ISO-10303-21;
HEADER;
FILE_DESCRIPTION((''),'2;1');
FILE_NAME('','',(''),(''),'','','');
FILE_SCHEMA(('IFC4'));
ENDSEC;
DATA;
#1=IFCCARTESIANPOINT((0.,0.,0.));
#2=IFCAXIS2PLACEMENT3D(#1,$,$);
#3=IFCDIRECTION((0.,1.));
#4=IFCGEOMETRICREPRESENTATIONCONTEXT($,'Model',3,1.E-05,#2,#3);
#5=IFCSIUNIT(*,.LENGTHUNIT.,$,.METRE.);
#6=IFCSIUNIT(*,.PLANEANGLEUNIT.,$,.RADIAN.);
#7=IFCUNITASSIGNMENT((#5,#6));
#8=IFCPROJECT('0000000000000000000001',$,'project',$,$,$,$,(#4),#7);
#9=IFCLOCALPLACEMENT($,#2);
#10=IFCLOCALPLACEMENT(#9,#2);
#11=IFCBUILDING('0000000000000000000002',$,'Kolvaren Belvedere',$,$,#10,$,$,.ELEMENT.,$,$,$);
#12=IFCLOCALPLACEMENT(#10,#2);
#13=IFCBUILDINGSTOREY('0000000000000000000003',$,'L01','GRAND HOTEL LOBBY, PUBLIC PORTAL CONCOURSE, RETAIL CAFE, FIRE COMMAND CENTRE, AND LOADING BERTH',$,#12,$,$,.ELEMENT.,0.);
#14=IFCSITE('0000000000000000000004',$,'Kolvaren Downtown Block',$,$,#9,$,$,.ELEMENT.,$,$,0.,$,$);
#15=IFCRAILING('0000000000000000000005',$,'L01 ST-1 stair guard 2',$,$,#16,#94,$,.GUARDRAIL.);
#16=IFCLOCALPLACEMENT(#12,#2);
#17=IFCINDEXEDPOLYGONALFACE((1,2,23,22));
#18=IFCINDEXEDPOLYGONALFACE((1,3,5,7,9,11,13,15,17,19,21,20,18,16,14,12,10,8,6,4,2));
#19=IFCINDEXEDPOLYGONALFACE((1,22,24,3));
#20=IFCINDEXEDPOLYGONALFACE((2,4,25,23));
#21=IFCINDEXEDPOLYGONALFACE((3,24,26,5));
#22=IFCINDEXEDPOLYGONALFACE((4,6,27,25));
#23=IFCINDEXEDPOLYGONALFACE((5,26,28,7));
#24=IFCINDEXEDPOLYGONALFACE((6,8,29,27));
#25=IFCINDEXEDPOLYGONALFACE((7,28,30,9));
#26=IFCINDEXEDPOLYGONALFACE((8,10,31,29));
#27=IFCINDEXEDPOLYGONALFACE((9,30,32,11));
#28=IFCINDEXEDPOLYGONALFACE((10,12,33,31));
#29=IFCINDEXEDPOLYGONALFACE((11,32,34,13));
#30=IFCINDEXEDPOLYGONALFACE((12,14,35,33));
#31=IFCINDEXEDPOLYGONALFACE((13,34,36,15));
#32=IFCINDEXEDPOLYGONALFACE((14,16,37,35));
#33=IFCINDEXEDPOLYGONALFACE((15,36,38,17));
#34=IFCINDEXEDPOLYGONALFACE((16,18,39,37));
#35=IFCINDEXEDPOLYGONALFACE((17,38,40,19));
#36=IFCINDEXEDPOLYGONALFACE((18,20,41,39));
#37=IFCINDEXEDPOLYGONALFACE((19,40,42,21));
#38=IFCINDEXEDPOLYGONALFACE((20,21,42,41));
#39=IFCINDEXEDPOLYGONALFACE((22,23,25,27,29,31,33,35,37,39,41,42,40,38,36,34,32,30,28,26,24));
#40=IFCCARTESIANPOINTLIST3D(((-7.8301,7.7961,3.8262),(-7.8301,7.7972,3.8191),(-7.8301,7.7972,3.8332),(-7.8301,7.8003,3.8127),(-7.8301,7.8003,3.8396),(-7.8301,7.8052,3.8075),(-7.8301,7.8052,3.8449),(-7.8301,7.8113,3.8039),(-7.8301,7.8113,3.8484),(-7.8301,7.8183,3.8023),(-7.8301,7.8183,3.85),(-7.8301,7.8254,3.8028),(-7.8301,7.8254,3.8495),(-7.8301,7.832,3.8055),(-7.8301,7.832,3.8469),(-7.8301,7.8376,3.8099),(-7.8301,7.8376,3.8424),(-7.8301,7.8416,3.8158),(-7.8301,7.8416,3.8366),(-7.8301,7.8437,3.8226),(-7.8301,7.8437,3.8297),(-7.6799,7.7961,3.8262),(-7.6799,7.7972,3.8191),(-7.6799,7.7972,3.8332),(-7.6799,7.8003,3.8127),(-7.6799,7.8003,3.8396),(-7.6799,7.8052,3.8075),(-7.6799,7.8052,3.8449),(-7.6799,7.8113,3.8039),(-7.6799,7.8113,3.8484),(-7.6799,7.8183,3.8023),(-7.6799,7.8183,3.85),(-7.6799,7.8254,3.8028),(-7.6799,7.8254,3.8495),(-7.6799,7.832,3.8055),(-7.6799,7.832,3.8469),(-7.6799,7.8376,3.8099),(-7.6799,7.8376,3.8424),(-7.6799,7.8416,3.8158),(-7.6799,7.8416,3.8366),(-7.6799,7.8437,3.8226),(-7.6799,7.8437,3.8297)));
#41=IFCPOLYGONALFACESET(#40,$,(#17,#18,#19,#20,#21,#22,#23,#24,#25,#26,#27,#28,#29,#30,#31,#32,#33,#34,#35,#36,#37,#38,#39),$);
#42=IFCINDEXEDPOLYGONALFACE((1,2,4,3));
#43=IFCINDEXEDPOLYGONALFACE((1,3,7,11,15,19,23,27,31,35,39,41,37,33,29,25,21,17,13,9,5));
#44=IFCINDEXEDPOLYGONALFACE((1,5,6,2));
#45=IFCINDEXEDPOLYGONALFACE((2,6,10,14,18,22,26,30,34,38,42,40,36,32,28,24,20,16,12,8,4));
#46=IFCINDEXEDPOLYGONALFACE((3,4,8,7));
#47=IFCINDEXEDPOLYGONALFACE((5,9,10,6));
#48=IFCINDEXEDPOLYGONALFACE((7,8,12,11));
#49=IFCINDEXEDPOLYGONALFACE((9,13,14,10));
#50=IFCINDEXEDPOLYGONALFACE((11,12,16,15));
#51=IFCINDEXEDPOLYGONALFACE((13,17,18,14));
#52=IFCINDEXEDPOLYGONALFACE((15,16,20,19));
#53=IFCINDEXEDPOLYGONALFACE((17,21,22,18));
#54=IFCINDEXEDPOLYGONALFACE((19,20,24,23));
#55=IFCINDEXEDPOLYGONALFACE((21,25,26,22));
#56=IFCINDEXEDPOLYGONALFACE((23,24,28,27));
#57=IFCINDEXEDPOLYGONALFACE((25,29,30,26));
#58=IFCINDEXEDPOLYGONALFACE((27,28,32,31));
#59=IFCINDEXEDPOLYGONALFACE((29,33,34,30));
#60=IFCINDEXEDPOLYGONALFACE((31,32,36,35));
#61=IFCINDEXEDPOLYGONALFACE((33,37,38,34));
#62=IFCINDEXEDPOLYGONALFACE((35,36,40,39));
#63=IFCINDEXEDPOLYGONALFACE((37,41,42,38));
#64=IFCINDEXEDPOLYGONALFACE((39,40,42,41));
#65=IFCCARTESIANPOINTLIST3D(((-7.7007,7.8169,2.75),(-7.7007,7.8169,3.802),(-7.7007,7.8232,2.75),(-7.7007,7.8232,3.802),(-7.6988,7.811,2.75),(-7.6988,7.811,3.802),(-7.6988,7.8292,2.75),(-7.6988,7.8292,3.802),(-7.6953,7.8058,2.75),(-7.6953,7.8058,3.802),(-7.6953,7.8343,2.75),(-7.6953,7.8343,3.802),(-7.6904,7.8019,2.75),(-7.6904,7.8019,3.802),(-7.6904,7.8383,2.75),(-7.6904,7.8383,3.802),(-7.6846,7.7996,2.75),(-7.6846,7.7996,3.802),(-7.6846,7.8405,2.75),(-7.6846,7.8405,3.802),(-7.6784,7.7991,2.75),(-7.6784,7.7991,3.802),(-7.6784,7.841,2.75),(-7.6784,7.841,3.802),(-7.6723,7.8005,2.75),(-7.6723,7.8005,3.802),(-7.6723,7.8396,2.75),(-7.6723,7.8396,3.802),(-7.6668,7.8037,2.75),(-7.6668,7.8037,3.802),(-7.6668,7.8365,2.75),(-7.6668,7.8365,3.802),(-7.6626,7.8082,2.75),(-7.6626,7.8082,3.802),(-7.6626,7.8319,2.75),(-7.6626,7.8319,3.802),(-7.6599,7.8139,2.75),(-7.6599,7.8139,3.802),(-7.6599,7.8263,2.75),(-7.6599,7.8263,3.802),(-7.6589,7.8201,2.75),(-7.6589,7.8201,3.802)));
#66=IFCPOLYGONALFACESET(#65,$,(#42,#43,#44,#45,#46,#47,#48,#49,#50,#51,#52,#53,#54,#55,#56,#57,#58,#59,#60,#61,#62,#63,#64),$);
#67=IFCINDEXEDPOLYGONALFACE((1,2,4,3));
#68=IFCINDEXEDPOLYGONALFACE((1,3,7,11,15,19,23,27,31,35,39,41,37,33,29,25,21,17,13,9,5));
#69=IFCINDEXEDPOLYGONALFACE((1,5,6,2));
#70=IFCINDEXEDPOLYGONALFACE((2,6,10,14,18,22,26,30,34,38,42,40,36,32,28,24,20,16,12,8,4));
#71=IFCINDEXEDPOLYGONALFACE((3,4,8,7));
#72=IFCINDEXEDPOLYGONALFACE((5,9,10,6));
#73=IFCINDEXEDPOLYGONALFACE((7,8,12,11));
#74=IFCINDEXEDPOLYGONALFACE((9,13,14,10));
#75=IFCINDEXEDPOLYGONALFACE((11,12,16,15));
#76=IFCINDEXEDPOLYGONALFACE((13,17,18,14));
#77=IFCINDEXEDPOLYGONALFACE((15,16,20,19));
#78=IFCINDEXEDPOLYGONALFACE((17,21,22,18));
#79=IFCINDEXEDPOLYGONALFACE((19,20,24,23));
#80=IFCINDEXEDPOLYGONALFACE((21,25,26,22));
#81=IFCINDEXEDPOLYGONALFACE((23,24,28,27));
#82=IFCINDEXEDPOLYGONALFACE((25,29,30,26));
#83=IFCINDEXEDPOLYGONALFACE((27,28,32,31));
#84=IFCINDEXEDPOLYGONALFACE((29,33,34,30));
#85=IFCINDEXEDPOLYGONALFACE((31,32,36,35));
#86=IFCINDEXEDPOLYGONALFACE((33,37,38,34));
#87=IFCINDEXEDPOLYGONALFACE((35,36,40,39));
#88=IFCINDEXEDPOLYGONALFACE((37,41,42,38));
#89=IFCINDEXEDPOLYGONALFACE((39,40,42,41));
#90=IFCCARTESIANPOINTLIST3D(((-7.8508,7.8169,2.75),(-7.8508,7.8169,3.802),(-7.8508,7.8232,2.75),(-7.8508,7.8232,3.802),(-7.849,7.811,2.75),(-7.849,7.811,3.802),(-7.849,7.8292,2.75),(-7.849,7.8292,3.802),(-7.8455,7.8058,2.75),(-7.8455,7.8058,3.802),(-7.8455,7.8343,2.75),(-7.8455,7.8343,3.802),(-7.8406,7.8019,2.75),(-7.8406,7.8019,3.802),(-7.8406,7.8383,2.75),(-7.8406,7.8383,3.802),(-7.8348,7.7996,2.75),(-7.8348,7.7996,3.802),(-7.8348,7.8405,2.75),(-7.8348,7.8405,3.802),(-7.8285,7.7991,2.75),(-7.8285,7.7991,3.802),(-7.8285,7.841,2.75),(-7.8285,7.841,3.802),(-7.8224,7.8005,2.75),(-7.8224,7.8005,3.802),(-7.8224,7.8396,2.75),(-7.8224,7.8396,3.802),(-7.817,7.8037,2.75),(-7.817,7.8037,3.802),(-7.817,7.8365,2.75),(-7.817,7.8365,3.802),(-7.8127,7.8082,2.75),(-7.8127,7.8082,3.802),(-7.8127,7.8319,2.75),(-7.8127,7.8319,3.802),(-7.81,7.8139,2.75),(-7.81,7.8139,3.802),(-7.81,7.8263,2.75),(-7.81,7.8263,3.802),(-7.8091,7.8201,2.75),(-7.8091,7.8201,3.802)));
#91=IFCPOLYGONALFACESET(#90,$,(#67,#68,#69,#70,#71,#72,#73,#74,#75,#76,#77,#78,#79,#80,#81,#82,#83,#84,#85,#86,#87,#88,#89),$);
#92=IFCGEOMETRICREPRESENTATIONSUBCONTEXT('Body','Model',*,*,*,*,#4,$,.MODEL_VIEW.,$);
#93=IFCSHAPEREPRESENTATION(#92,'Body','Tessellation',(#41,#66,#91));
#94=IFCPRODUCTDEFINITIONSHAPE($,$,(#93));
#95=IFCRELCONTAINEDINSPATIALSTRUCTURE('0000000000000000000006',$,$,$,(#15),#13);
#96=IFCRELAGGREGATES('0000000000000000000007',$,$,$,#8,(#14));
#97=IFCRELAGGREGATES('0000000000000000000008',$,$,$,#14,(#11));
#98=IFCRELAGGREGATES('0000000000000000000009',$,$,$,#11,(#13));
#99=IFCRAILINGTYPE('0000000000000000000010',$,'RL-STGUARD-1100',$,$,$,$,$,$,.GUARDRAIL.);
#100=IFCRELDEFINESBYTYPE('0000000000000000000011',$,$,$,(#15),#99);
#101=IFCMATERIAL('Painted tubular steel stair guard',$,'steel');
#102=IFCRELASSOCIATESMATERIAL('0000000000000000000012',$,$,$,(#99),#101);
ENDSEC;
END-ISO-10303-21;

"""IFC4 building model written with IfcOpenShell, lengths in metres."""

from ifc_helpers import new_model, si_unit, direction, frame, origin, origin_2d, place, context, subcontext, project, spatial, circle, extrude, material, type_object, element, save


model = new_model("IFC4")

# Units and contexts
model_context = context("Model", 3, precision=1e-05, world=origin(), true_north=direction((0.0, 1.0)))
body_context = subcontext(model_context, "Body", "Model", "MODEL_VIEW")
ifc_project = project(units=[si_unit("LENGTHUNIT", "METRE"), si_unit("PLANEANGLEUNIT", "RADIAN")], contexts=[model_context])

# Site, building, storey
site_placement = place(None, origin())
site = spatial("IfcSite", under=ifc_project, at=site_placement, Name="Kolvaren Downtown Block", CompositionType="ELEMENT", RefElevation=0.0)
building_placement = place(site_placement, origin())
building = spatial("IfcBuilding", under=site, at=building_placement, Name="Kolvaren Belvedere", CompositionType="ELEMENT")
storey_placement = place(building_placement, origin())
storey = spatial("IfcBuildingStorey", under=building, at=storey_placement, Name="L01", Description="GRAND HOTEL LOBBY, PUBLIC PORTAL CONCOURSE, RETAIL CAFE, FIRE COMMAND CENTRE, AND LOADING BERTH", CompositionType="ELEMENT", Elevation=0.0)

# Railing
ifc_material_1 = material(Name="Painted tubular steel stair guard", Category="steel")
railing_type_1 = type_object("IfcRailingType", Name="RL-STGUARD-1100", PredefinedType="GUARDRAIL", material=ifc_material_1)
railing_1_placement = place(storey_placement, frame((-7.6799, 7.8201, 2.75)))
element("IfcRailing", 1, at=railing_1_placement, inside=storey, type_object=railing_type_1, Name="L01 ST-1 stair guard 2", PredefinedType="GUARDRAIL", context=body_context, shape_type="SweptSolid", body=[
    extrude(circle(Radius=0.0239, at=origin_2d()), frame((0.0, 0.0, 1.0762), z_axis=(-1.0, 0.0, 0.0), x_axis=(0.0, -1.0, 0.0)), (0.0, 0.0, 1.0), 0.1501),
    extrude(circle(Radius=0.021, at=origin_2d()), origin(), (0.0, 0.0, 1.0), 1.052),
    extrude(circle(Radius=0.021, at=origin_2d()), frame((-0.1501, 0.0, 0.0)), (0.0, 0.0, 1.0), 1.052),
])

save(model, "model.ifc")
